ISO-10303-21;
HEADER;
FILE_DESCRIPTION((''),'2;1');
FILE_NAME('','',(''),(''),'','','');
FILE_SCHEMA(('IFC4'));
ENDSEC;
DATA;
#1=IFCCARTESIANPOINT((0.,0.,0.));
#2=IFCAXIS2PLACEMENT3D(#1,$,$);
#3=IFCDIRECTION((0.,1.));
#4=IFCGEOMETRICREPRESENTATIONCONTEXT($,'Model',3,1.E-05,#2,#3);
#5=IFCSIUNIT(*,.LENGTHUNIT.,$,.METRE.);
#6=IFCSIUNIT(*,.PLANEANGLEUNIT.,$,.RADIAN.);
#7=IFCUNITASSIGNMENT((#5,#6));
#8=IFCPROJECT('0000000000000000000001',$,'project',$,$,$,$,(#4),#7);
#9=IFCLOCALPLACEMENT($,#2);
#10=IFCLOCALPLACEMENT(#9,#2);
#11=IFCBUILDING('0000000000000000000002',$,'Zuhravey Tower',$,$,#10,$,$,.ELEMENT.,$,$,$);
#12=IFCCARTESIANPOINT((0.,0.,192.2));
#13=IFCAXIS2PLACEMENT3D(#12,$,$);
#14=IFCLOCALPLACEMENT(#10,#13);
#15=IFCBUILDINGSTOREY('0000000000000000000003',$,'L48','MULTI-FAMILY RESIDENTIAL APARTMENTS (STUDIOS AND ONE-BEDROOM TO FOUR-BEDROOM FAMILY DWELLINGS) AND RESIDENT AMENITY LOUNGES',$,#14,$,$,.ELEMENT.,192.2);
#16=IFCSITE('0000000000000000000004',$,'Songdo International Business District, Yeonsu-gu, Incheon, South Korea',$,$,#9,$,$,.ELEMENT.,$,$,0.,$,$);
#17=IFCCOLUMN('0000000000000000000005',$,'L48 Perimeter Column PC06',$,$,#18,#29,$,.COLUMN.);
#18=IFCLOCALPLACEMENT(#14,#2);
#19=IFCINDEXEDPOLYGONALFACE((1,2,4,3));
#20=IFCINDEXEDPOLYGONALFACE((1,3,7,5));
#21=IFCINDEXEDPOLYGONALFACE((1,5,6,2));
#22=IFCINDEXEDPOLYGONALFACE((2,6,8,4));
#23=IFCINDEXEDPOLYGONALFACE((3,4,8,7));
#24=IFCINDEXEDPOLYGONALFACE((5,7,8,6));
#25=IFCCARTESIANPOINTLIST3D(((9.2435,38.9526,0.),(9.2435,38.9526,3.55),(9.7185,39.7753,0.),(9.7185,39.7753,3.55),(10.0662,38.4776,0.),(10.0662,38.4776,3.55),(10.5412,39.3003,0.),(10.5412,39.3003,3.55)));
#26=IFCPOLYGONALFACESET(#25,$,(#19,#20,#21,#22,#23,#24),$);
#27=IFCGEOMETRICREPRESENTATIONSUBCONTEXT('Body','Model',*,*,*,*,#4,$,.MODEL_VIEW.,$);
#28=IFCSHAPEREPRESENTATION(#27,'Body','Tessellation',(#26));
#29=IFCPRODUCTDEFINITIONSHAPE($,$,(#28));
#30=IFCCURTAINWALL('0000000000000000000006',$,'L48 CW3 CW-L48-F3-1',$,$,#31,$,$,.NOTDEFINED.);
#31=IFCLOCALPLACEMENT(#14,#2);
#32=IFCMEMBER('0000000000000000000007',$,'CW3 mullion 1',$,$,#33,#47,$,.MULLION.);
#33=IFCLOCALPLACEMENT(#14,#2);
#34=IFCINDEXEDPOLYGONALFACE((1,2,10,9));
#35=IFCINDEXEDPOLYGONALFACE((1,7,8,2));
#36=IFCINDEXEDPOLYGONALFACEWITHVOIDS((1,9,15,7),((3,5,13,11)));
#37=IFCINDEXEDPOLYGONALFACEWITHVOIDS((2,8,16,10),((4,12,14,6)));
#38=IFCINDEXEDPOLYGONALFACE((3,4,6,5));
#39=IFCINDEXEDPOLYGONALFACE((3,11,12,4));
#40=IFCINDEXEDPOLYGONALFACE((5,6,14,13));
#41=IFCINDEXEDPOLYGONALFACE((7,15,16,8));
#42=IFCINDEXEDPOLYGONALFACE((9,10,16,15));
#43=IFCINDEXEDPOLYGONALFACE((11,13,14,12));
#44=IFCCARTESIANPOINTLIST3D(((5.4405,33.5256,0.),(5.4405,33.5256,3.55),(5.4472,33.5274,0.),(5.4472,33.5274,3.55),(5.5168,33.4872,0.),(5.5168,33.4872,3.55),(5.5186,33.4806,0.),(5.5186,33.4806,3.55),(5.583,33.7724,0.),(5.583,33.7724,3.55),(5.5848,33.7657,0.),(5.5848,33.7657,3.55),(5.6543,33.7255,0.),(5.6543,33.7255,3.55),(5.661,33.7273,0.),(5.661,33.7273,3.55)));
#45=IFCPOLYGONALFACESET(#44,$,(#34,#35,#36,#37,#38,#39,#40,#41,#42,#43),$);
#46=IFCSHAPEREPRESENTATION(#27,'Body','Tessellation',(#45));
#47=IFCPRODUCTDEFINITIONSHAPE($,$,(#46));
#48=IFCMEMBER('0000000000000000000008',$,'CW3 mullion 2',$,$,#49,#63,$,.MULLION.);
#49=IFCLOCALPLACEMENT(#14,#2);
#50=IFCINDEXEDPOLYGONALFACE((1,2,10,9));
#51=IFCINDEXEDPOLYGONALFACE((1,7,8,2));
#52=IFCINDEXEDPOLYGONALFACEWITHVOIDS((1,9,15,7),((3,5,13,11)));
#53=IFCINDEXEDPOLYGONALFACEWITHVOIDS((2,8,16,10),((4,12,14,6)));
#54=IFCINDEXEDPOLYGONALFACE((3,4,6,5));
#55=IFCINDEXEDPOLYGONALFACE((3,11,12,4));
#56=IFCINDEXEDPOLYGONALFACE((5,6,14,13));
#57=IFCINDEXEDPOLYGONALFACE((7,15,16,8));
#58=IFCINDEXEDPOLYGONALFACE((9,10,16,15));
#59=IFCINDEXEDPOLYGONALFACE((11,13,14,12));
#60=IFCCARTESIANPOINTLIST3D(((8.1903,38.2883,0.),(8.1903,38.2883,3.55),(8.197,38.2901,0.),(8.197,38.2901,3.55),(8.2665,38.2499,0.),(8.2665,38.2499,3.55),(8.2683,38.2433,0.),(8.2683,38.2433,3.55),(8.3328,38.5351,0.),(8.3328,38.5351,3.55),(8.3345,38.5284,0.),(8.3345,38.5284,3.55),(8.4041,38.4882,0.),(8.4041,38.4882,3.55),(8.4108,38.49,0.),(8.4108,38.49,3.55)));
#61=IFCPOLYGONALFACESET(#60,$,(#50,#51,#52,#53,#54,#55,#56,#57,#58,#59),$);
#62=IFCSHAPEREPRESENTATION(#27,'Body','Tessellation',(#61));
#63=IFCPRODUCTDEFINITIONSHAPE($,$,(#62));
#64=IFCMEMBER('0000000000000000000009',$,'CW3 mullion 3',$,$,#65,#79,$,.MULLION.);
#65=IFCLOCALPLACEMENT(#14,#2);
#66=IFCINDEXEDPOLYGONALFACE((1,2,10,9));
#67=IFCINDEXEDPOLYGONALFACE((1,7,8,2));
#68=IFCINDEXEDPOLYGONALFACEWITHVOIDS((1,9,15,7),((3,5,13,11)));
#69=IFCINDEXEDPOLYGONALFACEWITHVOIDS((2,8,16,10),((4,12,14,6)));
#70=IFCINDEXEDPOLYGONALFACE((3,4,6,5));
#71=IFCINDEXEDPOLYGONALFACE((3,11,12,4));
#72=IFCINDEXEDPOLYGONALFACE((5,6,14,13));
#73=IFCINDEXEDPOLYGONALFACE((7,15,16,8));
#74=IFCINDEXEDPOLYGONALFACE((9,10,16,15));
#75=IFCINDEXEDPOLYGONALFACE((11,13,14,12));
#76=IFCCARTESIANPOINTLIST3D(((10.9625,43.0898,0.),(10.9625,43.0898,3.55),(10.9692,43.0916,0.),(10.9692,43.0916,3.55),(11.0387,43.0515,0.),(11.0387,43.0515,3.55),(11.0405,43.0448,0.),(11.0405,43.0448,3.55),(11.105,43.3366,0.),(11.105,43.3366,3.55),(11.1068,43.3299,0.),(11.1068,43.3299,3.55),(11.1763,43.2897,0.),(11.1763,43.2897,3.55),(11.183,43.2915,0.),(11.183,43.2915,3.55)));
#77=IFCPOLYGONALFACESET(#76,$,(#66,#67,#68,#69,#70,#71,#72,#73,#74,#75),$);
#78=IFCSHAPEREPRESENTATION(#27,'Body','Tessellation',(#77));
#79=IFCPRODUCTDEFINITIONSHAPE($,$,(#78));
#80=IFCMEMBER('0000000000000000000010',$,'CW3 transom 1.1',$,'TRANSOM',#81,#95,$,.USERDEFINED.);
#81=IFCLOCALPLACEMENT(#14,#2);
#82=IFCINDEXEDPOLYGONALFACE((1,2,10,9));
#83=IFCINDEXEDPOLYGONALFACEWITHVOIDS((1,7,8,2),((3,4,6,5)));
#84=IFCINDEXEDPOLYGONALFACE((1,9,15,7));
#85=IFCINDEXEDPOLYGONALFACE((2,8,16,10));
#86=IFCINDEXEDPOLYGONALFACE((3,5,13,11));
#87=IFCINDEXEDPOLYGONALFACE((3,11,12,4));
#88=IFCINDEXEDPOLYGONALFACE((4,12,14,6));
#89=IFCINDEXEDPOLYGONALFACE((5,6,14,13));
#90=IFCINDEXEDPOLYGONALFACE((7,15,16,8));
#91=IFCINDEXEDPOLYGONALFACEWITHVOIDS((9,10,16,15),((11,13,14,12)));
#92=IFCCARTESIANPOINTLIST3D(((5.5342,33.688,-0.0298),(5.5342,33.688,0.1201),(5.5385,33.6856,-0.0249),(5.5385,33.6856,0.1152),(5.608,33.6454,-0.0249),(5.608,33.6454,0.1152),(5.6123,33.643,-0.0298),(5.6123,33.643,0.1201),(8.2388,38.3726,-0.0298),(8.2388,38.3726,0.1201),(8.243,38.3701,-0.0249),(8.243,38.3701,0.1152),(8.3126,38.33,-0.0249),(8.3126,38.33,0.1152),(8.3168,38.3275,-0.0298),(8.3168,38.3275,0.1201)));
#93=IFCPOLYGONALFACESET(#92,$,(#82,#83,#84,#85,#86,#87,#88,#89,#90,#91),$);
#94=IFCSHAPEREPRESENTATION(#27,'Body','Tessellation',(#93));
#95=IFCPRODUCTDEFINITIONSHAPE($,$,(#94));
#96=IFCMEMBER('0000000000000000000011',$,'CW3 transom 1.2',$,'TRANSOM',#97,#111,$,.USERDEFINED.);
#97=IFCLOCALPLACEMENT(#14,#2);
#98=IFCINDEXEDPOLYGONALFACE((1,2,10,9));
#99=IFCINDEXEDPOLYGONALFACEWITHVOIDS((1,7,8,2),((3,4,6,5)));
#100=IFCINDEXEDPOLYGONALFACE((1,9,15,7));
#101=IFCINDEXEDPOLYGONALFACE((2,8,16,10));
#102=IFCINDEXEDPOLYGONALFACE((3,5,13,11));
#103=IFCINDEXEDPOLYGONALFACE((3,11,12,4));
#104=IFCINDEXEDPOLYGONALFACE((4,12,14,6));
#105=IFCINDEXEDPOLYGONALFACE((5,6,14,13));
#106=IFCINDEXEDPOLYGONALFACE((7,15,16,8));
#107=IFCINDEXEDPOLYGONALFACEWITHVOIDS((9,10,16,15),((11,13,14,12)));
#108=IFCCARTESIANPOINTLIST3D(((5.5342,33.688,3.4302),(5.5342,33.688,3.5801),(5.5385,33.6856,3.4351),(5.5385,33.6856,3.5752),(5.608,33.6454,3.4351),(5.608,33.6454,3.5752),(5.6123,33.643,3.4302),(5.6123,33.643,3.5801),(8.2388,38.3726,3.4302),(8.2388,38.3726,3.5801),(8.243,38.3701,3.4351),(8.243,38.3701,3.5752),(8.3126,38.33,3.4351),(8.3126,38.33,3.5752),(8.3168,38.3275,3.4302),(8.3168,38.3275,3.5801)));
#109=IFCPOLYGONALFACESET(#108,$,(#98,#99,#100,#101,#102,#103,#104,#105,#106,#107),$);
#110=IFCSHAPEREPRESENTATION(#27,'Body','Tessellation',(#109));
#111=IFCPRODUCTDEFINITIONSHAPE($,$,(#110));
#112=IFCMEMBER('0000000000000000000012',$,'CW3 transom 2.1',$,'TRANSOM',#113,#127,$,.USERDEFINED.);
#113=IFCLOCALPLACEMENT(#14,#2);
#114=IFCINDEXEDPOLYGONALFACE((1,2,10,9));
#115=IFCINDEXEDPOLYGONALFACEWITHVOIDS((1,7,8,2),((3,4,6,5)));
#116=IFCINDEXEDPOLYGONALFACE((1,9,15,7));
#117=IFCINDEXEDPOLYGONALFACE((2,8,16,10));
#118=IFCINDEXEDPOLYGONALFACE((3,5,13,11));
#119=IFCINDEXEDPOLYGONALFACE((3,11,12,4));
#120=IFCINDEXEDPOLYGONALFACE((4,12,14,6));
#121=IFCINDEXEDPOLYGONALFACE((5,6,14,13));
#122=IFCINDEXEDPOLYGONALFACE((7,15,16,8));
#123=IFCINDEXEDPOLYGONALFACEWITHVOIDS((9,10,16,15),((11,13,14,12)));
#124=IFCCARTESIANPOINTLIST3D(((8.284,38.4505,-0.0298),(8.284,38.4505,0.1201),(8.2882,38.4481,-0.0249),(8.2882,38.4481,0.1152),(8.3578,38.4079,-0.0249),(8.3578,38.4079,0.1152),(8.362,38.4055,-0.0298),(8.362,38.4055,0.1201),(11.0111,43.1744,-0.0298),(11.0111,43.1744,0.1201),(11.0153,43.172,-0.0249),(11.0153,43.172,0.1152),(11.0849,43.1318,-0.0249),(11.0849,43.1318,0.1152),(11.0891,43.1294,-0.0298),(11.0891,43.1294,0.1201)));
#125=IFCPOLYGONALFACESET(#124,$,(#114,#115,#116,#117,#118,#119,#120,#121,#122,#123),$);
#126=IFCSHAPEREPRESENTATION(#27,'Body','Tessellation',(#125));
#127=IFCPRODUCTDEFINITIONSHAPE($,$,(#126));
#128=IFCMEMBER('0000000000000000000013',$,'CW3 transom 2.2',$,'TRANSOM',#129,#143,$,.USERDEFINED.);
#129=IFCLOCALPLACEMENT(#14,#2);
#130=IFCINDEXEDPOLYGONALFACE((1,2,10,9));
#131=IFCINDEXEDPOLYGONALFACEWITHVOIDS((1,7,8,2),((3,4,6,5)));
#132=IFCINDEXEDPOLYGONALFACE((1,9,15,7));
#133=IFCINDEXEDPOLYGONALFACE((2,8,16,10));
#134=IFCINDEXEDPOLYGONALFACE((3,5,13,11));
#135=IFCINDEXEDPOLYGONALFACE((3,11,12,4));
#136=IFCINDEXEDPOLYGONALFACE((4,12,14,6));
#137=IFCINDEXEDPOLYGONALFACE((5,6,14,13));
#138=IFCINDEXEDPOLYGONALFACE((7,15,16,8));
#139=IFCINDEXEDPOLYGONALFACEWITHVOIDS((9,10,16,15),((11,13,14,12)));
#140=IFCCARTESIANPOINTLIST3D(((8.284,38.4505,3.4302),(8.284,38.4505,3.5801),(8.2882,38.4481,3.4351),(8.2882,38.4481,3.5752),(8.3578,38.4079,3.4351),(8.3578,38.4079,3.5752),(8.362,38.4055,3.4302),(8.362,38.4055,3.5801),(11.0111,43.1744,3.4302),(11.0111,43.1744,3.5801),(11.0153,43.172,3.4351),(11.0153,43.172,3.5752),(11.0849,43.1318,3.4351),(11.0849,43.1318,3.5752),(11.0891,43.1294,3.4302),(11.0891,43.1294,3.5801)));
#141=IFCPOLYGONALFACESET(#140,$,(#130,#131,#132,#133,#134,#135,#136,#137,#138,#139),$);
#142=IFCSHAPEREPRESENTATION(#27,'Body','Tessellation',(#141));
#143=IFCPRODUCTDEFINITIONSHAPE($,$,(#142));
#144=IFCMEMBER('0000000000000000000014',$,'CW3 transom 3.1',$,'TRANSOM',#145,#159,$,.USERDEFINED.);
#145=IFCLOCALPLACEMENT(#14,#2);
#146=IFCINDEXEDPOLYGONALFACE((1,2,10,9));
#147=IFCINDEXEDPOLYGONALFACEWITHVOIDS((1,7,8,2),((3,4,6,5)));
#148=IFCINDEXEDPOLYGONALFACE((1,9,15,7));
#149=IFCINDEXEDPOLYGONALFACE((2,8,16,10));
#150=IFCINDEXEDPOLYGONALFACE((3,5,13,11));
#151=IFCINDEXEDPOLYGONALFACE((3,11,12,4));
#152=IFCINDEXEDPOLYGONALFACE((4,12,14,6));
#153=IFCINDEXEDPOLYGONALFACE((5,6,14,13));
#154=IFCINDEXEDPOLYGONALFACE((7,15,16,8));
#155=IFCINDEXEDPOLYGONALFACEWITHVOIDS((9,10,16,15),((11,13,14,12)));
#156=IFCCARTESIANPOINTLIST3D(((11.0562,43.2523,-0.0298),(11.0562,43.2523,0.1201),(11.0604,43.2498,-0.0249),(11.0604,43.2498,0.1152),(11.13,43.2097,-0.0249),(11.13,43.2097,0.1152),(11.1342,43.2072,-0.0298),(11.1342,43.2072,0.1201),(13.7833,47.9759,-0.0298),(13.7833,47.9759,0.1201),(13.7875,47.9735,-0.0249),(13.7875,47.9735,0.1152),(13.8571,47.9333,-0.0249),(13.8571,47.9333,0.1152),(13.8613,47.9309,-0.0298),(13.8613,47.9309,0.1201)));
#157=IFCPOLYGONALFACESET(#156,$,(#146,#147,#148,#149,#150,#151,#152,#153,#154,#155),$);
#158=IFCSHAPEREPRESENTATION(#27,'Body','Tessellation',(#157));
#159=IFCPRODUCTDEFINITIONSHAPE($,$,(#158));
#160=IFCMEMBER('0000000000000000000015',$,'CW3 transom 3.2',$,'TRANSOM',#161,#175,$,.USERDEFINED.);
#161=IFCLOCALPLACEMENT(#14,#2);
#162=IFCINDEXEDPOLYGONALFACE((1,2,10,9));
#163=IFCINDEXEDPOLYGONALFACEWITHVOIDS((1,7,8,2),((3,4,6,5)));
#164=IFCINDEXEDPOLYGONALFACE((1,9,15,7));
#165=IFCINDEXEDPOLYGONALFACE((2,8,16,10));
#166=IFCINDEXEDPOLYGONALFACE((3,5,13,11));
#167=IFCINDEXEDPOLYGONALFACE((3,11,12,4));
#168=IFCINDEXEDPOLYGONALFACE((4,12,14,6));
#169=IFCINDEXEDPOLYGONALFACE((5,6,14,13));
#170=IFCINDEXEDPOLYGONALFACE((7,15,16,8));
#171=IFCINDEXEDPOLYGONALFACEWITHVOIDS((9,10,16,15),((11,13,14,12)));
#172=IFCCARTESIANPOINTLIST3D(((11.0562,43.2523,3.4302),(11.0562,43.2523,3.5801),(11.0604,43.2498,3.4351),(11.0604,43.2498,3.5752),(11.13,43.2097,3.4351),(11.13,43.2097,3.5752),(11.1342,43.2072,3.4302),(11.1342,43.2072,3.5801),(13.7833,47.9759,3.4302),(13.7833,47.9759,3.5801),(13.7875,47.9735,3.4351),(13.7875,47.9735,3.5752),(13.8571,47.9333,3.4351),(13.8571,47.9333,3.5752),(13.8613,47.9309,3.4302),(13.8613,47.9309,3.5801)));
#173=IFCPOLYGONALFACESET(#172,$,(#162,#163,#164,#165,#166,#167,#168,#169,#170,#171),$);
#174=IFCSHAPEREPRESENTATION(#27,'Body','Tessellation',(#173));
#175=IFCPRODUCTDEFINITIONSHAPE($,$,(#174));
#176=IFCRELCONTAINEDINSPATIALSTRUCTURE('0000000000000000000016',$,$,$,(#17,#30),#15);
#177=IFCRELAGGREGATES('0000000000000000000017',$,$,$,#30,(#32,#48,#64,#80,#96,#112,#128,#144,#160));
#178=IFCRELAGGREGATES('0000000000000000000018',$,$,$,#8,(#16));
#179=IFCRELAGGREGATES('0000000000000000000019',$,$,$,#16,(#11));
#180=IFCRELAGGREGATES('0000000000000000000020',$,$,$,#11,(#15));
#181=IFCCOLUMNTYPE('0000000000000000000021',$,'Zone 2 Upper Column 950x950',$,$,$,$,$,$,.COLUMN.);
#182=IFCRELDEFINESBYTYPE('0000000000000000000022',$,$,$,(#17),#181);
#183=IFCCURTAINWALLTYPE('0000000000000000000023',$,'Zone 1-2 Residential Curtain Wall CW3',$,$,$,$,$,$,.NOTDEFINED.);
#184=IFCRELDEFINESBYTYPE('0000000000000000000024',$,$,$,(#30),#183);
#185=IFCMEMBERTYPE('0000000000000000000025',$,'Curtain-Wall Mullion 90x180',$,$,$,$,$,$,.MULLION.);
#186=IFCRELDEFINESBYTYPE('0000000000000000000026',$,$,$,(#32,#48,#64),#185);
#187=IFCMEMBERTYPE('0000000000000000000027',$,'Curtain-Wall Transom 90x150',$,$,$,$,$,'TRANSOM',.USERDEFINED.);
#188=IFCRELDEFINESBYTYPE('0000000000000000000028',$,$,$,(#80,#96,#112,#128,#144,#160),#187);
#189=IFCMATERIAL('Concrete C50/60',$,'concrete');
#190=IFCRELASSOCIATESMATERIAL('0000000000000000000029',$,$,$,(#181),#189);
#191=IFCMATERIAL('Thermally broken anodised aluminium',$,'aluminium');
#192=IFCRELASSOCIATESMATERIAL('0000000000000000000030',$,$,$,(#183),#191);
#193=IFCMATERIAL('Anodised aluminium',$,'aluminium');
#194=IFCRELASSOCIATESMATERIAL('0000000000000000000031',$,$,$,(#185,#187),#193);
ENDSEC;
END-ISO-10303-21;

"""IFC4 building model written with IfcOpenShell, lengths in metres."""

from ifc_helpers import new_model, si_unit, direction, frame, origin, origin_2d, place, context, subcontext, project, spatial, rectangle, hollow_rectangle, extrude, material, material_profile, profile_set, type_object, element, aggregate, save


model = new_model("IFC4")

# Units and contexts
model_context = context("Model", 3, precision=1e-05, world=origin(), true_north=direction((0.0, 1.0)))
body_context = subcontext(model_context, "Body", "Model", "MODEL_VIEW")
ifc_project = project(units=[si_unit("LENGTHUNIT", "METRE"), si_unit("PLANEANGLEUNIT", "RADIAN")], contexts=[model_context])

# Site, building, storey
site_placement = place(None, origin())
site = spatial("IfcSite", under=ifc_project, at=site_placement, Name="Songdo International Business District, Yeonsu-gu, Incheon, South Korea", CompositionType="ELEMENT", RefElevation=0.0)
building_placement = place(site_placement, origin())
building = spatial("IfcBuilding", under=site, at=building_placement, Name="Zuhravey Tower", CompositionType="ELEMENT")
storey_placement = place(building_placement, frame((0.0, 0.0, 192.2)))
storey = spatial("IfcBuildingStorey", under=building, at=storey_placement, Name="L48", Description="MULTI-FAMILY RESIDENTIAL APARTMENTS (STUDIOS AND ONE-BEDROOM TO FOUR-BEDROOM FAMILY DWELLINGS) AND RESIDENT AMENITY LOUNGES", CompositionType="ELEMENT", Elevation=192.2)

# Column
ifc_material_1 = material(Name="Concrete C50/60", Category="concrete")
ifc_material_profile_1 = material_profile(ifc_material_1, rectangle(XDim=0.95, YDim=0.95, at=origin_2d()), Name="RC-950x950")
ifc_profile_set_1 = profile_set([ifc_material_profile_1], Name="Concrete C50/60")
column_type = type_object("IfcColumnType", Name="Zone 2 Upper Column 950x950", PredefinedType="COLUMN", material=ifc_profile_set_1)
column_placement = place(storey_placement, frame((9.8923, 39.1265, 0.0), z_axis=(0.0, 0.0, 1.0), x_axis=(-0.5, -0.866025, 0.0)))
element("IfcColumn", 1, at=column_placement, inside=storey, type_object=column_type, Name="L48 Perimeter Column PC06", PredefinedType="COLUMN", context=body_context, shape_type="SweptSolid", body=[
    extrude(rectangle(XDim=0.95, YDim=0.95, at=origin_2d()), origin(), (0.0, 0.0, 1.0), 3.55),
])

# Curtain wall, members
ifc_material_2 = material(Name="Thermally broken anodised aluminium", Category="aluminium")
curtain_wall_type = type_object("IfcCurtainWallType", Name="Zone 1-2 Residential Curtain Wall CW3", PredefinedType="NOTDEFINED", material=ifc_material_2)
curtain_wall_placement = place(storey_placement, origin())
curtain_wall = element("IfcCurtainWall", 2, at=curtain_wall_placement, inside=storey, type_object=curtain_wall_type, Name="L48 CW3 CW-L48-F3-1", PredefinedType="NOTDEFINED")
ifc_material_3 = material(Name="Anodised aluminium", Category="aluminium")
ifc_material_profile_2 = material_profile(ifc_material_3, hollow_rectangle(XDim=0.0901, YDim=0.2849, WallThickness=0.0049, at=origin_2d()), Name="ALU-RHS-90x285x5")
ifc_profile_set_2 = profile_set([ifc_material_profile_2], Name="Anodised aluminium")
member_type_1 = type_object("IfcMemberType", Name="Curtain-Wall Mullion 90x180", PredefinedType="MULLION", material=ifc_profile_set_2)
member_1_placement = place(storey_placement, frame((5.5508, 33.6265, 0.0), z_axis=(0.0, 0.0, 1.0), x_axis=(-0.866025, 0.5, 0.0)))
member_1 = element("IfcMember", 3, at=member_1_placement, type_object=member_type_1, Name="CW3 mullion 1", PredefinedType="MULLION", context=body_context, shape_type="SweptSolid", body=[
    extrude(hollow_rectangle(XDim=0.0901, YDim=0.2849, WallThickness=0.0049, at=origin_2d()), origin(), (0.0, 0.0, 1.0), 3.55),
])
member_2_placement = place(storey_placement, frame((8.3005, 38.3892, 0.0), z_axis=(0.0, 0.0, 1.0), x_axis=(-0.866025, 0.5, 0.0)))
member_2 = element("IfcMember", 4, at=member_2_placement, type_object=member_type_1, Name="CW3 mullion 2", PredefinedType="MULLION", context=body_context, shape_type="SweptSolid", body=[
    extrude(hollow_rectangle(XDim=0.0901, YDim=0.2849, WallThickness=0.0049, at=origin_2d()), origin(), (0.0, 0.0, 1.0), 3.55),
])
member_3_placement = place(storey_placement, frame((11.0728, 43.1907, 0.0), z_axis=(0.0, 0.0, 1.0), x_axis=(-0.866025, 0.5, 0.0)))
member_3 = element("IfcMember", 5, at=member_3_placement, type_object=member_type_1, Name="CW3 mullion 3", PredefinedType="MULLION", context=body_context, shape_type="SweptSolid", body=[
    extrude(hollow_rectangle(XDim=0.0901, YDim=0.2849, WallThickness=0.0049, at=origin_2d()), origin(), (0.0, 0.0, 1.0), 3.55),
])
ifc_material_profile_3 = material_profile(ifc_material_3, hollow_rectangle(XDim=0.0901, YDim=0.1499, WallThickness=0.0049, at=origin_2d()), Name="ALU-RHS-90x150x5")
ifc_profile_set_3 = profile_set([ifc_material_profile_3], Name="Anodised aluminium")
member_type_2 = type_object("IfcMemberType", Name="Curtain-Wall Transom 90x150", ElementType="TRANSOM", PredefinedType="USERDEFINED", material=ifc_profile_set_3)
member_4_placement = place(storey_placement, frame((5.5732, 33.6655, 0.0452), z_axis=(0.499993, 0.866029, 0.0), x_axis=(-0.866029, 0.499993, 0.0)))
member_4 = element("IfcMember", 6, at=member_4_placement, type_object=member_type_2, Name="CW3 transom 1.1", ObjectType="TRANSOM", PredefinedType="USERDEFINED", context=body_context, shape_type="SweptSolid", body=[
    extrude(hollow_rectangle(XDim=0.0901, YDim=0.1499, WallThickness=0.0049, at=origin_2d()), origin(), (0.0, 0.0, 1.0), 5.4092),
])
member_5_placement = place(storey_placement, frame((5.5732, 33.6655, 3.5051), z_axis=(0.499993, 0.866029, 0.0), x_axis=(-0.866029, 0.499993, 0.0)))
member_5 = element("IfcMember", 7, at=member_5_placement, type_object=member_type_2, Name="CW3 transom 1.2", ObjectType="TRANSOM", PredefinedType="USERDEFINED", context=body_context, shape_type="SweptSolid", body=[
    extrude(hollow_rectangle(XDim=0.0901, YDim=0.1499, WallThickness=0.0049, at=origin_2d()), origin(), (0.0, 0.0, 1.0), 5.4092),
])
member_6_placement = place(storey_placement, frame((8.323, 38.428, 0.0452), z_axis=(0.499961, 0.866048, 0.0), x_axis=(-0.866048, 0.499961, 0.0)))
member_6 = element("IfcMember", 8, at=member_6_placement, type_object=member_type_2, Name="CW3 transom 2.1", ObjectType="TRANSOM", PredefinedType="USERDEFINED", context=body_context, shape_type="SweptSolid", body=[
    extrude(hollow_rectangle(XDim=0.0901, YDim=0.1499, WallThickness=0.0049, at=origin_2d()), origin(), (0.0, 0.0, 1.0), 5.4546),
])
member_7_placement = place(storey_placement, frame((8.323, 38.428, 3.5051), z_axis=(0.499961, 0.866048, 0.0), x_axis=(-0.866048, 0.499961, 0.0)))
member_7 = element("IfcMember", 9, at=member_7_placement, type_object=member_type_2, Name="CW3 transom 2.2", ObjectType="TRANSOM", PredefinedType="USERDEFINED", context=body_context, shape_type="SweptSolid", body=[
    extrude(hollow_rectangle(XDim=0.0901, YDim=0.1499, WallThickness=0.0049, at=origin_2d()), origin(), (0.0, 0.0, 1.0), 5.4546),
])
member_8_placement = place(storey_placement, frame((11.0952, 43.2297, 0.0452), z_axis=(0.499981, 0.866037, 0.0), x_axis=(-0.866037, 0.499981, 0.0)))
member_8 = element("IfcMember", 10, at=member_8_placement, type_object=member_type_2, Name="CW3 transom 3.1", ObjectType="TRANSOM", PredefinedType="USERDEFINED", context=body_context, shape_type="SweptSolid", body=[
    extrude(hollow_rectangle(XDim=0.0901, YDim=0.1499, WallThickness=0.0049, at=origin_2d()), origin(), (0.0, 0.0, 1.0), 5.4543),
])
member_9_placement = place(storey_placement, frame((11.0952, 43.2297, 3.5051), z_axis=(0.499981, 0.866037, 0.0), x_axis=(-0.866037, 0.499981, 0.0)))
member_9 = element("IfcMember", 11, at=member_9_placement, type_object=member_type_2, Name="CW3 transom 3.2", ObjectType="TRANSOM", PredefinedType="USERDEFINED", context=body_context, shape_type="SweptSolid", body=[
    extrude(hollow_rectangle(XDim=0.0901, YDim=0.1499, WallThickness=0.0049, at=origin_2d()), origin(), (0.0, 0.0, 1.0), 5.4543),
])

aggregate(curtain_wall, [member_1, member_2, member_3, member_4, member_5, member_6, member_7, member_8, member_9])

save(model, "model.ifc")
